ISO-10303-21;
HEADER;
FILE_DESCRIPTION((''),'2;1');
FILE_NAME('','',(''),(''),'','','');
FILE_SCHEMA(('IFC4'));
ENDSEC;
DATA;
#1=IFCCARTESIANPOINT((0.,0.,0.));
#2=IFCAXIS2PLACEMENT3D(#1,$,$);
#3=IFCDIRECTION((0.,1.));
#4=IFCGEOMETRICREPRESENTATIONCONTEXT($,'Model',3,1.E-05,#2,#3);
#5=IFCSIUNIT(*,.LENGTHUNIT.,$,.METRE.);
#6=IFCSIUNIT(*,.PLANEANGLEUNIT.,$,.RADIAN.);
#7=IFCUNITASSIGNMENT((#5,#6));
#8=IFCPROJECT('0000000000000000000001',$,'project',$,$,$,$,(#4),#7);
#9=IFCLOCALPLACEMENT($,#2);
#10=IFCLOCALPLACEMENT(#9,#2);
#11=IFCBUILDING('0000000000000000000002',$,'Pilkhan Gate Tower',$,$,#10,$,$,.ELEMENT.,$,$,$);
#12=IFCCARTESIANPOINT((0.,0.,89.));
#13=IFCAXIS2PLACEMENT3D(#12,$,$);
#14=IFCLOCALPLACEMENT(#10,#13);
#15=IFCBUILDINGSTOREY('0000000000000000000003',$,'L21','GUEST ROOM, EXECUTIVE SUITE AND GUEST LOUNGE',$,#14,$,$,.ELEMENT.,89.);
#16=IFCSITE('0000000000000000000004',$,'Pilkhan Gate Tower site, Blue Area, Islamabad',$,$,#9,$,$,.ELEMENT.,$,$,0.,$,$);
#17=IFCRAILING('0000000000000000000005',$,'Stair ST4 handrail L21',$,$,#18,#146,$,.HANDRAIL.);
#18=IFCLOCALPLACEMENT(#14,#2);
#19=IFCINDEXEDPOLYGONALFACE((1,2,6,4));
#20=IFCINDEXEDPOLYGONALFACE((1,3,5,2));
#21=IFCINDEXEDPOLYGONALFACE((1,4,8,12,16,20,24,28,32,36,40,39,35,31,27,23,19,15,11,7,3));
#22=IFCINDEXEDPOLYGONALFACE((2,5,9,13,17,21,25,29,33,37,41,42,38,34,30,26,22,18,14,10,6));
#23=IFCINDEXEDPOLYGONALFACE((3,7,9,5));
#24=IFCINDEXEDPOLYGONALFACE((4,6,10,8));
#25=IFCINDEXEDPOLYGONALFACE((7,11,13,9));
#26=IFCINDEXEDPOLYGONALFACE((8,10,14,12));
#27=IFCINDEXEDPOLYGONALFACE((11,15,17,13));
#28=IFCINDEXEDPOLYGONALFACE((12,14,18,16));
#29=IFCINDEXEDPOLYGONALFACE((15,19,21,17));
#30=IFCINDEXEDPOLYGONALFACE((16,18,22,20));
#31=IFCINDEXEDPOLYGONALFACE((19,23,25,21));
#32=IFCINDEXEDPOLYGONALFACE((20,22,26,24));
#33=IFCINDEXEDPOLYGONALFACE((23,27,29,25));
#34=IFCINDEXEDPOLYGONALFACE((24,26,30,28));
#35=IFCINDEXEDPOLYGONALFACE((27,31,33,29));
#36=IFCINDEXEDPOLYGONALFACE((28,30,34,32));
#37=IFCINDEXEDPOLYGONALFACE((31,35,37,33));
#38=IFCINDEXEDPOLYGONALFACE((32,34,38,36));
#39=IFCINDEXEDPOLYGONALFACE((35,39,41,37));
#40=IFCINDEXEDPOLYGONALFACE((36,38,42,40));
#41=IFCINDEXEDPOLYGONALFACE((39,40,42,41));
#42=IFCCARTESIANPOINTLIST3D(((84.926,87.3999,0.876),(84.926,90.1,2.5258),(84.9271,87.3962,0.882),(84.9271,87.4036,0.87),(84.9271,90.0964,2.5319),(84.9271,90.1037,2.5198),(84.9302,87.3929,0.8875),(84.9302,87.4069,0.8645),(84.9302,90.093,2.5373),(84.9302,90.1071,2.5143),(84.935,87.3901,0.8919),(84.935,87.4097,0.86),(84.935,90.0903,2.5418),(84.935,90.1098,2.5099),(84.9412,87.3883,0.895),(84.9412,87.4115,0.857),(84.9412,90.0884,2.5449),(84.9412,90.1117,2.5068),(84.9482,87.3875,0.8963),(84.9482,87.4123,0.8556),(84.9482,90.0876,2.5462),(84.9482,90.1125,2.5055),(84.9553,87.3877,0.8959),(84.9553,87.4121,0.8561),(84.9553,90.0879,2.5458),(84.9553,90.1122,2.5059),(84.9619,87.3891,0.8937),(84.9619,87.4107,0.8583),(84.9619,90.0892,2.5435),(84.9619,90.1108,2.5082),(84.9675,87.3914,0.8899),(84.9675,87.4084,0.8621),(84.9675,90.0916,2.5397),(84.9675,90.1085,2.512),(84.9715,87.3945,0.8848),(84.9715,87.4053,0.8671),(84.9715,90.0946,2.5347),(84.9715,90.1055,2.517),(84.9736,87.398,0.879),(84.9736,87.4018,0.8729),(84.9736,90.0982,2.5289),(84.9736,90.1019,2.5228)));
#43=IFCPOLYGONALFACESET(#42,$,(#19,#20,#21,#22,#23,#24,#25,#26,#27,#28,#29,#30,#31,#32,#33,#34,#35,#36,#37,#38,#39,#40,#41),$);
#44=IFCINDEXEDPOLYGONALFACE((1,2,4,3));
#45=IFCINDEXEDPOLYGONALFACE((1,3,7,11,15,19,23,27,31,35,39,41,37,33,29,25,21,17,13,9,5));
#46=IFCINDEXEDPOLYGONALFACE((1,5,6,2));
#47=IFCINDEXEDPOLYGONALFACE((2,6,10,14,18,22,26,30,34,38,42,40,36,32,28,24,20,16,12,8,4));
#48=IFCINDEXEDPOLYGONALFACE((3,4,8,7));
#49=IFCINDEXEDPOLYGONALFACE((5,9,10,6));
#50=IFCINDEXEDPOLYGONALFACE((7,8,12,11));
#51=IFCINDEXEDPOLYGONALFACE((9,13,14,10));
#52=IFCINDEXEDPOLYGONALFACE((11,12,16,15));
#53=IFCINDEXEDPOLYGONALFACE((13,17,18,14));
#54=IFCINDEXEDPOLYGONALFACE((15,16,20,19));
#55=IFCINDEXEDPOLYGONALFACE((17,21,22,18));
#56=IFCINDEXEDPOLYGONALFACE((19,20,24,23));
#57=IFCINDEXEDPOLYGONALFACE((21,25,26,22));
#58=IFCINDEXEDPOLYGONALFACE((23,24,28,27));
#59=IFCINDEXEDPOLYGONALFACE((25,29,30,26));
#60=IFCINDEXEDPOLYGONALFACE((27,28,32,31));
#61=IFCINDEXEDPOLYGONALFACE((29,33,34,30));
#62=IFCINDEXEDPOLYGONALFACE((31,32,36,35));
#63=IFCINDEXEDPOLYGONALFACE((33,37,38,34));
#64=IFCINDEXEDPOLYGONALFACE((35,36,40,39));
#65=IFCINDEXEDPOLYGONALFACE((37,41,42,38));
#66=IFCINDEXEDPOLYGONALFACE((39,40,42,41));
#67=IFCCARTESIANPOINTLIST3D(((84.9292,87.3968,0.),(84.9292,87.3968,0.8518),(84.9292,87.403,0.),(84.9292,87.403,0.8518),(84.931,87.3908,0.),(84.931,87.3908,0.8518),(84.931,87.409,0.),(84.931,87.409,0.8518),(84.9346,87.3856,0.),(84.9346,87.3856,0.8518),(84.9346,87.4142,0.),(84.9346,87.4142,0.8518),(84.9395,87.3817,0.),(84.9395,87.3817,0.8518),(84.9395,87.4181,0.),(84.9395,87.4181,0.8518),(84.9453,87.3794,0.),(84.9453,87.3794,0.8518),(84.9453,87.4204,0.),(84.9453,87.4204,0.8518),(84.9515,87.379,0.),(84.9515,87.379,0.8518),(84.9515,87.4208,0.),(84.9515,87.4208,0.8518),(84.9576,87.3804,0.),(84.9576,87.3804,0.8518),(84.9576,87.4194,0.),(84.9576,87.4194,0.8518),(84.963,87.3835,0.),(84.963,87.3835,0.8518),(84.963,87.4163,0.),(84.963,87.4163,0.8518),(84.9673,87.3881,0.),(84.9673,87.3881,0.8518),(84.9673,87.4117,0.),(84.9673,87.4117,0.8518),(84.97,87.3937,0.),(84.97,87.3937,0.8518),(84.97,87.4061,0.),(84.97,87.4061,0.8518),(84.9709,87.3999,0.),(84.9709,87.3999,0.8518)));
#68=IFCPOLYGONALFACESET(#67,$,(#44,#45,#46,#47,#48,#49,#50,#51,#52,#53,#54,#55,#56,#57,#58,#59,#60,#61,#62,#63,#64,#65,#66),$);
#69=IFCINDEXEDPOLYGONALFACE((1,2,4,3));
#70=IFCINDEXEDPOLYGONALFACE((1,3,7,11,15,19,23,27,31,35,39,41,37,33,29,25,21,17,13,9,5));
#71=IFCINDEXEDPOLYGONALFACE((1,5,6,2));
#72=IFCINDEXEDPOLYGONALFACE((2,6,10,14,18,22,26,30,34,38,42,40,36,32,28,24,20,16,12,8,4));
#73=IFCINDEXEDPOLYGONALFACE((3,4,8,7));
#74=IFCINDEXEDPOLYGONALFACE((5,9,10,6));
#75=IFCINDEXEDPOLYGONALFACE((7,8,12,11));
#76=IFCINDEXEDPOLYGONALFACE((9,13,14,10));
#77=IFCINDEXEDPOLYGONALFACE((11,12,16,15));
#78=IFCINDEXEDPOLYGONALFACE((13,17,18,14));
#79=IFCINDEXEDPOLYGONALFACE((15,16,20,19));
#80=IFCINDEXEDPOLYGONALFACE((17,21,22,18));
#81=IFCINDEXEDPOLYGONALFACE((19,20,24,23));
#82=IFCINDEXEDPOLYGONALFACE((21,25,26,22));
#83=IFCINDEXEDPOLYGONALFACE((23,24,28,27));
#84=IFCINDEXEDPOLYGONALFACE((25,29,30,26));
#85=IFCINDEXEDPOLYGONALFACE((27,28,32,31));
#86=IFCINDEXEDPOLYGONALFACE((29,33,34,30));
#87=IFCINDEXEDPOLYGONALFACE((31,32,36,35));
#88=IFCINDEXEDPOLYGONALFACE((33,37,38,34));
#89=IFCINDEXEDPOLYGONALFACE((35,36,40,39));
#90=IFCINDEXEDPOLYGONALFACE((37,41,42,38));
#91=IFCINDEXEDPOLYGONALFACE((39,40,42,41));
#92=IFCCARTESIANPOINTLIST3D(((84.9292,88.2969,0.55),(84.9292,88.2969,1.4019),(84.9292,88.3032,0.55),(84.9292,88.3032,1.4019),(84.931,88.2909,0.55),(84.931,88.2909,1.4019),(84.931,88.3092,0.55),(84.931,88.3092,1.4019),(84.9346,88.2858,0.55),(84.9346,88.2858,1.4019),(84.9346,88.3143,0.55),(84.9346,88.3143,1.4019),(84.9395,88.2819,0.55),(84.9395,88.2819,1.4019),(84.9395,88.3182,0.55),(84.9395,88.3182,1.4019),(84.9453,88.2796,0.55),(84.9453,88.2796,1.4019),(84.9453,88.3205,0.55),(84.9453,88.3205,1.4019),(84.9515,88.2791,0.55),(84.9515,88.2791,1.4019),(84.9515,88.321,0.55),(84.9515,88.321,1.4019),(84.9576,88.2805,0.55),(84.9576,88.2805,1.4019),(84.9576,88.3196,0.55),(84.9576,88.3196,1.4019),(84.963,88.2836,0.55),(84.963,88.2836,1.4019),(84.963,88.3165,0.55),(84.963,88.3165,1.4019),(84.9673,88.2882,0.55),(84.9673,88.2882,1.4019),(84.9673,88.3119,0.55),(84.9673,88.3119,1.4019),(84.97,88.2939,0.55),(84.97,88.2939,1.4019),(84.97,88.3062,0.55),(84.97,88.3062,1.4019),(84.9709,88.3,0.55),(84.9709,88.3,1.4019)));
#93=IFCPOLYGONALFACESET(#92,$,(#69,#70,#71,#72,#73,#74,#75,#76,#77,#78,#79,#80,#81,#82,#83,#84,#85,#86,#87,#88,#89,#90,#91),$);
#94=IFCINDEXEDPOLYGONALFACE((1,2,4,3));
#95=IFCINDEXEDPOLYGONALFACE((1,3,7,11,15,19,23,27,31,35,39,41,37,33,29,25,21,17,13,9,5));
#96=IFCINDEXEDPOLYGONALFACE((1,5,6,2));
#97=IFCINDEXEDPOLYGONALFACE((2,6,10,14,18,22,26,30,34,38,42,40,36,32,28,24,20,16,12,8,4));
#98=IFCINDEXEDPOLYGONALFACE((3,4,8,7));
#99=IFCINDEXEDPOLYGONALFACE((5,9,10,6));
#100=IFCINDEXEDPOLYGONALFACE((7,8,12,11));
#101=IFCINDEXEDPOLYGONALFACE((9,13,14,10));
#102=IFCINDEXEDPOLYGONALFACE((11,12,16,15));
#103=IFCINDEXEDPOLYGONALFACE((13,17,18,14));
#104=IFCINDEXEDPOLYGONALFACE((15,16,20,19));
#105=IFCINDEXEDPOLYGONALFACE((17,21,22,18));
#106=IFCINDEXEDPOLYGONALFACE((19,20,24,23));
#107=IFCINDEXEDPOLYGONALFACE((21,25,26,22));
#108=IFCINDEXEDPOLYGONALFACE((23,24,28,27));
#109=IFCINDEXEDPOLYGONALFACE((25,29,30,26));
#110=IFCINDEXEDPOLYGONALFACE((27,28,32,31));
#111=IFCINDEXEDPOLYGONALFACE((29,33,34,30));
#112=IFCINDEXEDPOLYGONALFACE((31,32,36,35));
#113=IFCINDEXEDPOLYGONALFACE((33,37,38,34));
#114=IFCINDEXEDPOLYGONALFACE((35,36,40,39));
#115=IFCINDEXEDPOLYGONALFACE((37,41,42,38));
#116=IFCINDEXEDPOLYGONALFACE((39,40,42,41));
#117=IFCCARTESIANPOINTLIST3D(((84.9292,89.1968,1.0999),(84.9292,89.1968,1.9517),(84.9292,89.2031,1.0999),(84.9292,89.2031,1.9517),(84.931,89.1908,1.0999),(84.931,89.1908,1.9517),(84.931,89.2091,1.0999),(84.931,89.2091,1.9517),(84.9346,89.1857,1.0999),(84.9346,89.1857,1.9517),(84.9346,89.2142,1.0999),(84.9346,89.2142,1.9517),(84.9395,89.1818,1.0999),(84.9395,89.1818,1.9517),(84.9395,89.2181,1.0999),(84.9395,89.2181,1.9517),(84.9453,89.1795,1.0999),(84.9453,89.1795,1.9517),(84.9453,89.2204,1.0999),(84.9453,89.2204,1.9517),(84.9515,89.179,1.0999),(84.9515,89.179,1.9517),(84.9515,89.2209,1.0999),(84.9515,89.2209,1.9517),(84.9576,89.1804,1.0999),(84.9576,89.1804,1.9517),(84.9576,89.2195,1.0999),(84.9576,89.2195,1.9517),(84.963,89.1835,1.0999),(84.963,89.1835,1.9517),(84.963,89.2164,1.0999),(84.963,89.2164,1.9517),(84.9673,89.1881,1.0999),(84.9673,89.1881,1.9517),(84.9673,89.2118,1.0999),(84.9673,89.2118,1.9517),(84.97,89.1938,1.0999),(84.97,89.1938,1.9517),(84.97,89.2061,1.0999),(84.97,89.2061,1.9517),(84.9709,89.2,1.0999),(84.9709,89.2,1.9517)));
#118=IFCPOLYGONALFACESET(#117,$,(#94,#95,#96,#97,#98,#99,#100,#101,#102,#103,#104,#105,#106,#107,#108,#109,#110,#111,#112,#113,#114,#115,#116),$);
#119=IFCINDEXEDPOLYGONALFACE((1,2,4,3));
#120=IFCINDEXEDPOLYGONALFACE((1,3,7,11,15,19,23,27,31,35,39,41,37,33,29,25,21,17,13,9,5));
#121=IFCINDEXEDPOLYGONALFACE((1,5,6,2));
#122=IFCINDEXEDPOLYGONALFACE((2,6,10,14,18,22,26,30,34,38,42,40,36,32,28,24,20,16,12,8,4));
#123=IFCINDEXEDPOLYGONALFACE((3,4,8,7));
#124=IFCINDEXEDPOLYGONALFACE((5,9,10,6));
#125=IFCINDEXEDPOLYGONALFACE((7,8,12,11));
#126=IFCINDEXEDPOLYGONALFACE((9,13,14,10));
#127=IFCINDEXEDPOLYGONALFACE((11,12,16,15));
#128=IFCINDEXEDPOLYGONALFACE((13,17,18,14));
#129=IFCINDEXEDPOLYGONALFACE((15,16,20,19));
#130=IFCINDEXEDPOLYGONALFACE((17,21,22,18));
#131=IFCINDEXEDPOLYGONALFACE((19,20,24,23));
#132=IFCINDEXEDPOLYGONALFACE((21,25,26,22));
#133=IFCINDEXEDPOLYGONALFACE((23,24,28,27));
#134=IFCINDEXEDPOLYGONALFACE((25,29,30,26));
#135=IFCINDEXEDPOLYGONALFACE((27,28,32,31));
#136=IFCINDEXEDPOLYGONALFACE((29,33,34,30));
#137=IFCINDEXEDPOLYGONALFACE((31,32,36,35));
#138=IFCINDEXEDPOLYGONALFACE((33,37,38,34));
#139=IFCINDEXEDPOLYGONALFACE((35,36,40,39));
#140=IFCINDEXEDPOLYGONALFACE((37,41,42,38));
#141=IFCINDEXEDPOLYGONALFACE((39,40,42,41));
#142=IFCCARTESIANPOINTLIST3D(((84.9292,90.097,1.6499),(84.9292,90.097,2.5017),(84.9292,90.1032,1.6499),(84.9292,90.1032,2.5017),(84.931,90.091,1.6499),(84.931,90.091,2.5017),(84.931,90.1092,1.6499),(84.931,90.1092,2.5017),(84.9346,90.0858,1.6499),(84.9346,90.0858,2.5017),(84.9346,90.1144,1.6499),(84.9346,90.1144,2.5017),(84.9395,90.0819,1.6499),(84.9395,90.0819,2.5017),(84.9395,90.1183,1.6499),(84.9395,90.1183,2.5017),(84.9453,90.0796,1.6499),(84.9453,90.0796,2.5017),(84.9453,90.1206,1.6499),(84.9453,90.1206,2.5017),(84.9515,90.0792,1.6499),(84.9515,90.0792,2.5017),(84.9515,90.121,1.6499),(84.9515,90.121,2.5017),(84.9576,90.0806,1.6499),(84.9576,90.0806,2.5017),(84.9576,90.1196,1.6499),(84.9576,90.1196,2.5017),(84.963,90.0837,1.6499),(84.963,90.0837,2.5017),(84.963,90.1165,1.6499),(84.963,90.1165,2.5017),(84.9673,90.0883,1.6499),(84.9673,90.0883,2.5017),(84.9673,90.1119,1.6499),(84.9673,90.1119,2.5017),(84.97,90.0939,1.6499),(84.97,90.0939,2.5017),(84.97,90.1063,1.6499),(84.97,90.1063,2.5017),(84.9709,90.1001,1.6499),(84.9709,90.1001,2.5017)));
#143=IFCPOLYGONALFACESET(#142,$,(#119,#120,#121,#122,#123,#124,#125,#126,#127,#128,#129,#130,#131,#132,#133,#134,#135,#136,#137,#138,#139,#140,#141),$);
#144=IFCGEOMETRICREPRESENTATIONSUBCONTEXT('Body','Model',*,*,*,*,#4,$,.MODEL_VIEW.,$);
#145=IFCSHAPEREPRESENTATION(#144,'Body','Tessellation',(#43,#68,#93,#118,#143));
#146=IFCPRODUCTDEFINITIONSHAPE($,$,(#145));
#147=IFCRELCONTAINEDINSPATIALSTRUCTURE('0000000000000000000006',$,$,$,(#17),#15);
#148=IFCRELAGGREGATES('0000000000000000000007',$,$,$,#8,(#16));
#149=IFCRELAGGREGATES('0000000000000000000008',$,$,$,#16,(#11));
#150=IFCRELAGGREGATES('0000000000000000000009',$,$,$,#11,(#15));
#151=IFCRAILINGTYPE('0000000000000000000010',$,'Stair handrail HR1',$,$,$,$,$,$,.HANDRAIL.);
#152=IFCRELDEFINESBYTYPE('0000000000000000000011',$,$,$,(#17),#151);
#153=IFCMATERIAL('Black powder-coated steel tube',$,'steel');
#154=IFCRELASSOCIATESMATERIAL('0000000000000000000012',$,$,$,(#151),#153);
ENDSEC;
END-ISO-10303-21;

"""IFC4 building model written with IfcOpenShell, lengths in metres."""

from ifc_helpers import new_model, si_unit, direction, frame, origin, origin_2d, place, context, subcontext, project, spatial, circle, extrude, material, type_object, element, save


model = new_model("IFC4")

# Units and contexts
model_context = context("Model", 3, precision=1e-05, world=origin(), true_north=direction((0.0, 1.0)))
body_context = subcontext(model_context, "Body", "Model", "MODEL_VIEW")
ifc_project = project(units=[si_unit("LENGTHUNIT", "METRE"), si_unit("PLANEANGLEUNIT", "RADIAN")], contexts=[model_context])

# Site, building, storey
site_placement = place(None, origin())
site = spatial("IfcSite", under=ifc_project, at=site_placement, Name="Pilkhan Gate Tower site, Blue Area, Islamabad", CompositionType="ELEMENT", RefElevation=0.0)
building_placement = place(site_placement, origin())
building = spatial("IfcBuilding", under=site, at=building_placement, Name="Pilkhan Gate Tower", CompositionType="ELEMENT")
storey_placement = place(building_placement, frame((0.0, 0.0, 89.0)))
storey = spatial("IfcBuildingStorey", under=building, at=storey_placement, Name="L21", Description="GUEST ROOM, EXECUTIVE SUITE AND GUEST LOUNGE", CompositionType="ELEMENT", Elevation=89.0)

# Railing
ifc_material_1 = material(Name="Black powder-coated steel tube", Category="steel")
railing_type_1 = type_object("IfcRailingType", Name="Stair handrail HR1", PredefinedType="HANDRAIL", material=ifc_material_1)
railing_1_placement = place(storey_placement, frame((84.95, 87.3999, 0.0)))
element("IfcRailing", 1, at=railing_1_placement, inside=storey, type_object=railing_type_1, Name="Stair ST4 handrail L21", PredefinedType="HANDRAIL", context=body_context, shape_type="SweptSolid", body=[
    extrude(circle(Radius=0.0239, at=origin_2d()), frame((0.0, 0.0, 0.876), z_axis=(0.0, 0.853312, 0.5214), x_axis=(-1.0, 0.0, 0.0)), (0.0, 0.0, 1.0), 3.1643),
    extrude(circle(Radius=0.021, at=origin_2d()), origin(), (0.0, 0.0, 1.0), 0.8518),
    extrude(circle(Radius=0.021, at=origin_2d()), frame((0.0, 0.9001, 0.55)), (0.0, 0.0, 1.0), 0.8518),
    extrude(circle(Radius=0.021, at=origin_2d()), frame((0.0, 1.8, 1.0999)), (0.0, 0.0, 1.0), 0.8518),
    extrude(circle(Radius=0.021, at=origin_2d()), frame((0.0, 2.7002, 1.6499)), (0.0, 0.0, 1.0), 0.8518),
])

save(model, "model.ifc")
